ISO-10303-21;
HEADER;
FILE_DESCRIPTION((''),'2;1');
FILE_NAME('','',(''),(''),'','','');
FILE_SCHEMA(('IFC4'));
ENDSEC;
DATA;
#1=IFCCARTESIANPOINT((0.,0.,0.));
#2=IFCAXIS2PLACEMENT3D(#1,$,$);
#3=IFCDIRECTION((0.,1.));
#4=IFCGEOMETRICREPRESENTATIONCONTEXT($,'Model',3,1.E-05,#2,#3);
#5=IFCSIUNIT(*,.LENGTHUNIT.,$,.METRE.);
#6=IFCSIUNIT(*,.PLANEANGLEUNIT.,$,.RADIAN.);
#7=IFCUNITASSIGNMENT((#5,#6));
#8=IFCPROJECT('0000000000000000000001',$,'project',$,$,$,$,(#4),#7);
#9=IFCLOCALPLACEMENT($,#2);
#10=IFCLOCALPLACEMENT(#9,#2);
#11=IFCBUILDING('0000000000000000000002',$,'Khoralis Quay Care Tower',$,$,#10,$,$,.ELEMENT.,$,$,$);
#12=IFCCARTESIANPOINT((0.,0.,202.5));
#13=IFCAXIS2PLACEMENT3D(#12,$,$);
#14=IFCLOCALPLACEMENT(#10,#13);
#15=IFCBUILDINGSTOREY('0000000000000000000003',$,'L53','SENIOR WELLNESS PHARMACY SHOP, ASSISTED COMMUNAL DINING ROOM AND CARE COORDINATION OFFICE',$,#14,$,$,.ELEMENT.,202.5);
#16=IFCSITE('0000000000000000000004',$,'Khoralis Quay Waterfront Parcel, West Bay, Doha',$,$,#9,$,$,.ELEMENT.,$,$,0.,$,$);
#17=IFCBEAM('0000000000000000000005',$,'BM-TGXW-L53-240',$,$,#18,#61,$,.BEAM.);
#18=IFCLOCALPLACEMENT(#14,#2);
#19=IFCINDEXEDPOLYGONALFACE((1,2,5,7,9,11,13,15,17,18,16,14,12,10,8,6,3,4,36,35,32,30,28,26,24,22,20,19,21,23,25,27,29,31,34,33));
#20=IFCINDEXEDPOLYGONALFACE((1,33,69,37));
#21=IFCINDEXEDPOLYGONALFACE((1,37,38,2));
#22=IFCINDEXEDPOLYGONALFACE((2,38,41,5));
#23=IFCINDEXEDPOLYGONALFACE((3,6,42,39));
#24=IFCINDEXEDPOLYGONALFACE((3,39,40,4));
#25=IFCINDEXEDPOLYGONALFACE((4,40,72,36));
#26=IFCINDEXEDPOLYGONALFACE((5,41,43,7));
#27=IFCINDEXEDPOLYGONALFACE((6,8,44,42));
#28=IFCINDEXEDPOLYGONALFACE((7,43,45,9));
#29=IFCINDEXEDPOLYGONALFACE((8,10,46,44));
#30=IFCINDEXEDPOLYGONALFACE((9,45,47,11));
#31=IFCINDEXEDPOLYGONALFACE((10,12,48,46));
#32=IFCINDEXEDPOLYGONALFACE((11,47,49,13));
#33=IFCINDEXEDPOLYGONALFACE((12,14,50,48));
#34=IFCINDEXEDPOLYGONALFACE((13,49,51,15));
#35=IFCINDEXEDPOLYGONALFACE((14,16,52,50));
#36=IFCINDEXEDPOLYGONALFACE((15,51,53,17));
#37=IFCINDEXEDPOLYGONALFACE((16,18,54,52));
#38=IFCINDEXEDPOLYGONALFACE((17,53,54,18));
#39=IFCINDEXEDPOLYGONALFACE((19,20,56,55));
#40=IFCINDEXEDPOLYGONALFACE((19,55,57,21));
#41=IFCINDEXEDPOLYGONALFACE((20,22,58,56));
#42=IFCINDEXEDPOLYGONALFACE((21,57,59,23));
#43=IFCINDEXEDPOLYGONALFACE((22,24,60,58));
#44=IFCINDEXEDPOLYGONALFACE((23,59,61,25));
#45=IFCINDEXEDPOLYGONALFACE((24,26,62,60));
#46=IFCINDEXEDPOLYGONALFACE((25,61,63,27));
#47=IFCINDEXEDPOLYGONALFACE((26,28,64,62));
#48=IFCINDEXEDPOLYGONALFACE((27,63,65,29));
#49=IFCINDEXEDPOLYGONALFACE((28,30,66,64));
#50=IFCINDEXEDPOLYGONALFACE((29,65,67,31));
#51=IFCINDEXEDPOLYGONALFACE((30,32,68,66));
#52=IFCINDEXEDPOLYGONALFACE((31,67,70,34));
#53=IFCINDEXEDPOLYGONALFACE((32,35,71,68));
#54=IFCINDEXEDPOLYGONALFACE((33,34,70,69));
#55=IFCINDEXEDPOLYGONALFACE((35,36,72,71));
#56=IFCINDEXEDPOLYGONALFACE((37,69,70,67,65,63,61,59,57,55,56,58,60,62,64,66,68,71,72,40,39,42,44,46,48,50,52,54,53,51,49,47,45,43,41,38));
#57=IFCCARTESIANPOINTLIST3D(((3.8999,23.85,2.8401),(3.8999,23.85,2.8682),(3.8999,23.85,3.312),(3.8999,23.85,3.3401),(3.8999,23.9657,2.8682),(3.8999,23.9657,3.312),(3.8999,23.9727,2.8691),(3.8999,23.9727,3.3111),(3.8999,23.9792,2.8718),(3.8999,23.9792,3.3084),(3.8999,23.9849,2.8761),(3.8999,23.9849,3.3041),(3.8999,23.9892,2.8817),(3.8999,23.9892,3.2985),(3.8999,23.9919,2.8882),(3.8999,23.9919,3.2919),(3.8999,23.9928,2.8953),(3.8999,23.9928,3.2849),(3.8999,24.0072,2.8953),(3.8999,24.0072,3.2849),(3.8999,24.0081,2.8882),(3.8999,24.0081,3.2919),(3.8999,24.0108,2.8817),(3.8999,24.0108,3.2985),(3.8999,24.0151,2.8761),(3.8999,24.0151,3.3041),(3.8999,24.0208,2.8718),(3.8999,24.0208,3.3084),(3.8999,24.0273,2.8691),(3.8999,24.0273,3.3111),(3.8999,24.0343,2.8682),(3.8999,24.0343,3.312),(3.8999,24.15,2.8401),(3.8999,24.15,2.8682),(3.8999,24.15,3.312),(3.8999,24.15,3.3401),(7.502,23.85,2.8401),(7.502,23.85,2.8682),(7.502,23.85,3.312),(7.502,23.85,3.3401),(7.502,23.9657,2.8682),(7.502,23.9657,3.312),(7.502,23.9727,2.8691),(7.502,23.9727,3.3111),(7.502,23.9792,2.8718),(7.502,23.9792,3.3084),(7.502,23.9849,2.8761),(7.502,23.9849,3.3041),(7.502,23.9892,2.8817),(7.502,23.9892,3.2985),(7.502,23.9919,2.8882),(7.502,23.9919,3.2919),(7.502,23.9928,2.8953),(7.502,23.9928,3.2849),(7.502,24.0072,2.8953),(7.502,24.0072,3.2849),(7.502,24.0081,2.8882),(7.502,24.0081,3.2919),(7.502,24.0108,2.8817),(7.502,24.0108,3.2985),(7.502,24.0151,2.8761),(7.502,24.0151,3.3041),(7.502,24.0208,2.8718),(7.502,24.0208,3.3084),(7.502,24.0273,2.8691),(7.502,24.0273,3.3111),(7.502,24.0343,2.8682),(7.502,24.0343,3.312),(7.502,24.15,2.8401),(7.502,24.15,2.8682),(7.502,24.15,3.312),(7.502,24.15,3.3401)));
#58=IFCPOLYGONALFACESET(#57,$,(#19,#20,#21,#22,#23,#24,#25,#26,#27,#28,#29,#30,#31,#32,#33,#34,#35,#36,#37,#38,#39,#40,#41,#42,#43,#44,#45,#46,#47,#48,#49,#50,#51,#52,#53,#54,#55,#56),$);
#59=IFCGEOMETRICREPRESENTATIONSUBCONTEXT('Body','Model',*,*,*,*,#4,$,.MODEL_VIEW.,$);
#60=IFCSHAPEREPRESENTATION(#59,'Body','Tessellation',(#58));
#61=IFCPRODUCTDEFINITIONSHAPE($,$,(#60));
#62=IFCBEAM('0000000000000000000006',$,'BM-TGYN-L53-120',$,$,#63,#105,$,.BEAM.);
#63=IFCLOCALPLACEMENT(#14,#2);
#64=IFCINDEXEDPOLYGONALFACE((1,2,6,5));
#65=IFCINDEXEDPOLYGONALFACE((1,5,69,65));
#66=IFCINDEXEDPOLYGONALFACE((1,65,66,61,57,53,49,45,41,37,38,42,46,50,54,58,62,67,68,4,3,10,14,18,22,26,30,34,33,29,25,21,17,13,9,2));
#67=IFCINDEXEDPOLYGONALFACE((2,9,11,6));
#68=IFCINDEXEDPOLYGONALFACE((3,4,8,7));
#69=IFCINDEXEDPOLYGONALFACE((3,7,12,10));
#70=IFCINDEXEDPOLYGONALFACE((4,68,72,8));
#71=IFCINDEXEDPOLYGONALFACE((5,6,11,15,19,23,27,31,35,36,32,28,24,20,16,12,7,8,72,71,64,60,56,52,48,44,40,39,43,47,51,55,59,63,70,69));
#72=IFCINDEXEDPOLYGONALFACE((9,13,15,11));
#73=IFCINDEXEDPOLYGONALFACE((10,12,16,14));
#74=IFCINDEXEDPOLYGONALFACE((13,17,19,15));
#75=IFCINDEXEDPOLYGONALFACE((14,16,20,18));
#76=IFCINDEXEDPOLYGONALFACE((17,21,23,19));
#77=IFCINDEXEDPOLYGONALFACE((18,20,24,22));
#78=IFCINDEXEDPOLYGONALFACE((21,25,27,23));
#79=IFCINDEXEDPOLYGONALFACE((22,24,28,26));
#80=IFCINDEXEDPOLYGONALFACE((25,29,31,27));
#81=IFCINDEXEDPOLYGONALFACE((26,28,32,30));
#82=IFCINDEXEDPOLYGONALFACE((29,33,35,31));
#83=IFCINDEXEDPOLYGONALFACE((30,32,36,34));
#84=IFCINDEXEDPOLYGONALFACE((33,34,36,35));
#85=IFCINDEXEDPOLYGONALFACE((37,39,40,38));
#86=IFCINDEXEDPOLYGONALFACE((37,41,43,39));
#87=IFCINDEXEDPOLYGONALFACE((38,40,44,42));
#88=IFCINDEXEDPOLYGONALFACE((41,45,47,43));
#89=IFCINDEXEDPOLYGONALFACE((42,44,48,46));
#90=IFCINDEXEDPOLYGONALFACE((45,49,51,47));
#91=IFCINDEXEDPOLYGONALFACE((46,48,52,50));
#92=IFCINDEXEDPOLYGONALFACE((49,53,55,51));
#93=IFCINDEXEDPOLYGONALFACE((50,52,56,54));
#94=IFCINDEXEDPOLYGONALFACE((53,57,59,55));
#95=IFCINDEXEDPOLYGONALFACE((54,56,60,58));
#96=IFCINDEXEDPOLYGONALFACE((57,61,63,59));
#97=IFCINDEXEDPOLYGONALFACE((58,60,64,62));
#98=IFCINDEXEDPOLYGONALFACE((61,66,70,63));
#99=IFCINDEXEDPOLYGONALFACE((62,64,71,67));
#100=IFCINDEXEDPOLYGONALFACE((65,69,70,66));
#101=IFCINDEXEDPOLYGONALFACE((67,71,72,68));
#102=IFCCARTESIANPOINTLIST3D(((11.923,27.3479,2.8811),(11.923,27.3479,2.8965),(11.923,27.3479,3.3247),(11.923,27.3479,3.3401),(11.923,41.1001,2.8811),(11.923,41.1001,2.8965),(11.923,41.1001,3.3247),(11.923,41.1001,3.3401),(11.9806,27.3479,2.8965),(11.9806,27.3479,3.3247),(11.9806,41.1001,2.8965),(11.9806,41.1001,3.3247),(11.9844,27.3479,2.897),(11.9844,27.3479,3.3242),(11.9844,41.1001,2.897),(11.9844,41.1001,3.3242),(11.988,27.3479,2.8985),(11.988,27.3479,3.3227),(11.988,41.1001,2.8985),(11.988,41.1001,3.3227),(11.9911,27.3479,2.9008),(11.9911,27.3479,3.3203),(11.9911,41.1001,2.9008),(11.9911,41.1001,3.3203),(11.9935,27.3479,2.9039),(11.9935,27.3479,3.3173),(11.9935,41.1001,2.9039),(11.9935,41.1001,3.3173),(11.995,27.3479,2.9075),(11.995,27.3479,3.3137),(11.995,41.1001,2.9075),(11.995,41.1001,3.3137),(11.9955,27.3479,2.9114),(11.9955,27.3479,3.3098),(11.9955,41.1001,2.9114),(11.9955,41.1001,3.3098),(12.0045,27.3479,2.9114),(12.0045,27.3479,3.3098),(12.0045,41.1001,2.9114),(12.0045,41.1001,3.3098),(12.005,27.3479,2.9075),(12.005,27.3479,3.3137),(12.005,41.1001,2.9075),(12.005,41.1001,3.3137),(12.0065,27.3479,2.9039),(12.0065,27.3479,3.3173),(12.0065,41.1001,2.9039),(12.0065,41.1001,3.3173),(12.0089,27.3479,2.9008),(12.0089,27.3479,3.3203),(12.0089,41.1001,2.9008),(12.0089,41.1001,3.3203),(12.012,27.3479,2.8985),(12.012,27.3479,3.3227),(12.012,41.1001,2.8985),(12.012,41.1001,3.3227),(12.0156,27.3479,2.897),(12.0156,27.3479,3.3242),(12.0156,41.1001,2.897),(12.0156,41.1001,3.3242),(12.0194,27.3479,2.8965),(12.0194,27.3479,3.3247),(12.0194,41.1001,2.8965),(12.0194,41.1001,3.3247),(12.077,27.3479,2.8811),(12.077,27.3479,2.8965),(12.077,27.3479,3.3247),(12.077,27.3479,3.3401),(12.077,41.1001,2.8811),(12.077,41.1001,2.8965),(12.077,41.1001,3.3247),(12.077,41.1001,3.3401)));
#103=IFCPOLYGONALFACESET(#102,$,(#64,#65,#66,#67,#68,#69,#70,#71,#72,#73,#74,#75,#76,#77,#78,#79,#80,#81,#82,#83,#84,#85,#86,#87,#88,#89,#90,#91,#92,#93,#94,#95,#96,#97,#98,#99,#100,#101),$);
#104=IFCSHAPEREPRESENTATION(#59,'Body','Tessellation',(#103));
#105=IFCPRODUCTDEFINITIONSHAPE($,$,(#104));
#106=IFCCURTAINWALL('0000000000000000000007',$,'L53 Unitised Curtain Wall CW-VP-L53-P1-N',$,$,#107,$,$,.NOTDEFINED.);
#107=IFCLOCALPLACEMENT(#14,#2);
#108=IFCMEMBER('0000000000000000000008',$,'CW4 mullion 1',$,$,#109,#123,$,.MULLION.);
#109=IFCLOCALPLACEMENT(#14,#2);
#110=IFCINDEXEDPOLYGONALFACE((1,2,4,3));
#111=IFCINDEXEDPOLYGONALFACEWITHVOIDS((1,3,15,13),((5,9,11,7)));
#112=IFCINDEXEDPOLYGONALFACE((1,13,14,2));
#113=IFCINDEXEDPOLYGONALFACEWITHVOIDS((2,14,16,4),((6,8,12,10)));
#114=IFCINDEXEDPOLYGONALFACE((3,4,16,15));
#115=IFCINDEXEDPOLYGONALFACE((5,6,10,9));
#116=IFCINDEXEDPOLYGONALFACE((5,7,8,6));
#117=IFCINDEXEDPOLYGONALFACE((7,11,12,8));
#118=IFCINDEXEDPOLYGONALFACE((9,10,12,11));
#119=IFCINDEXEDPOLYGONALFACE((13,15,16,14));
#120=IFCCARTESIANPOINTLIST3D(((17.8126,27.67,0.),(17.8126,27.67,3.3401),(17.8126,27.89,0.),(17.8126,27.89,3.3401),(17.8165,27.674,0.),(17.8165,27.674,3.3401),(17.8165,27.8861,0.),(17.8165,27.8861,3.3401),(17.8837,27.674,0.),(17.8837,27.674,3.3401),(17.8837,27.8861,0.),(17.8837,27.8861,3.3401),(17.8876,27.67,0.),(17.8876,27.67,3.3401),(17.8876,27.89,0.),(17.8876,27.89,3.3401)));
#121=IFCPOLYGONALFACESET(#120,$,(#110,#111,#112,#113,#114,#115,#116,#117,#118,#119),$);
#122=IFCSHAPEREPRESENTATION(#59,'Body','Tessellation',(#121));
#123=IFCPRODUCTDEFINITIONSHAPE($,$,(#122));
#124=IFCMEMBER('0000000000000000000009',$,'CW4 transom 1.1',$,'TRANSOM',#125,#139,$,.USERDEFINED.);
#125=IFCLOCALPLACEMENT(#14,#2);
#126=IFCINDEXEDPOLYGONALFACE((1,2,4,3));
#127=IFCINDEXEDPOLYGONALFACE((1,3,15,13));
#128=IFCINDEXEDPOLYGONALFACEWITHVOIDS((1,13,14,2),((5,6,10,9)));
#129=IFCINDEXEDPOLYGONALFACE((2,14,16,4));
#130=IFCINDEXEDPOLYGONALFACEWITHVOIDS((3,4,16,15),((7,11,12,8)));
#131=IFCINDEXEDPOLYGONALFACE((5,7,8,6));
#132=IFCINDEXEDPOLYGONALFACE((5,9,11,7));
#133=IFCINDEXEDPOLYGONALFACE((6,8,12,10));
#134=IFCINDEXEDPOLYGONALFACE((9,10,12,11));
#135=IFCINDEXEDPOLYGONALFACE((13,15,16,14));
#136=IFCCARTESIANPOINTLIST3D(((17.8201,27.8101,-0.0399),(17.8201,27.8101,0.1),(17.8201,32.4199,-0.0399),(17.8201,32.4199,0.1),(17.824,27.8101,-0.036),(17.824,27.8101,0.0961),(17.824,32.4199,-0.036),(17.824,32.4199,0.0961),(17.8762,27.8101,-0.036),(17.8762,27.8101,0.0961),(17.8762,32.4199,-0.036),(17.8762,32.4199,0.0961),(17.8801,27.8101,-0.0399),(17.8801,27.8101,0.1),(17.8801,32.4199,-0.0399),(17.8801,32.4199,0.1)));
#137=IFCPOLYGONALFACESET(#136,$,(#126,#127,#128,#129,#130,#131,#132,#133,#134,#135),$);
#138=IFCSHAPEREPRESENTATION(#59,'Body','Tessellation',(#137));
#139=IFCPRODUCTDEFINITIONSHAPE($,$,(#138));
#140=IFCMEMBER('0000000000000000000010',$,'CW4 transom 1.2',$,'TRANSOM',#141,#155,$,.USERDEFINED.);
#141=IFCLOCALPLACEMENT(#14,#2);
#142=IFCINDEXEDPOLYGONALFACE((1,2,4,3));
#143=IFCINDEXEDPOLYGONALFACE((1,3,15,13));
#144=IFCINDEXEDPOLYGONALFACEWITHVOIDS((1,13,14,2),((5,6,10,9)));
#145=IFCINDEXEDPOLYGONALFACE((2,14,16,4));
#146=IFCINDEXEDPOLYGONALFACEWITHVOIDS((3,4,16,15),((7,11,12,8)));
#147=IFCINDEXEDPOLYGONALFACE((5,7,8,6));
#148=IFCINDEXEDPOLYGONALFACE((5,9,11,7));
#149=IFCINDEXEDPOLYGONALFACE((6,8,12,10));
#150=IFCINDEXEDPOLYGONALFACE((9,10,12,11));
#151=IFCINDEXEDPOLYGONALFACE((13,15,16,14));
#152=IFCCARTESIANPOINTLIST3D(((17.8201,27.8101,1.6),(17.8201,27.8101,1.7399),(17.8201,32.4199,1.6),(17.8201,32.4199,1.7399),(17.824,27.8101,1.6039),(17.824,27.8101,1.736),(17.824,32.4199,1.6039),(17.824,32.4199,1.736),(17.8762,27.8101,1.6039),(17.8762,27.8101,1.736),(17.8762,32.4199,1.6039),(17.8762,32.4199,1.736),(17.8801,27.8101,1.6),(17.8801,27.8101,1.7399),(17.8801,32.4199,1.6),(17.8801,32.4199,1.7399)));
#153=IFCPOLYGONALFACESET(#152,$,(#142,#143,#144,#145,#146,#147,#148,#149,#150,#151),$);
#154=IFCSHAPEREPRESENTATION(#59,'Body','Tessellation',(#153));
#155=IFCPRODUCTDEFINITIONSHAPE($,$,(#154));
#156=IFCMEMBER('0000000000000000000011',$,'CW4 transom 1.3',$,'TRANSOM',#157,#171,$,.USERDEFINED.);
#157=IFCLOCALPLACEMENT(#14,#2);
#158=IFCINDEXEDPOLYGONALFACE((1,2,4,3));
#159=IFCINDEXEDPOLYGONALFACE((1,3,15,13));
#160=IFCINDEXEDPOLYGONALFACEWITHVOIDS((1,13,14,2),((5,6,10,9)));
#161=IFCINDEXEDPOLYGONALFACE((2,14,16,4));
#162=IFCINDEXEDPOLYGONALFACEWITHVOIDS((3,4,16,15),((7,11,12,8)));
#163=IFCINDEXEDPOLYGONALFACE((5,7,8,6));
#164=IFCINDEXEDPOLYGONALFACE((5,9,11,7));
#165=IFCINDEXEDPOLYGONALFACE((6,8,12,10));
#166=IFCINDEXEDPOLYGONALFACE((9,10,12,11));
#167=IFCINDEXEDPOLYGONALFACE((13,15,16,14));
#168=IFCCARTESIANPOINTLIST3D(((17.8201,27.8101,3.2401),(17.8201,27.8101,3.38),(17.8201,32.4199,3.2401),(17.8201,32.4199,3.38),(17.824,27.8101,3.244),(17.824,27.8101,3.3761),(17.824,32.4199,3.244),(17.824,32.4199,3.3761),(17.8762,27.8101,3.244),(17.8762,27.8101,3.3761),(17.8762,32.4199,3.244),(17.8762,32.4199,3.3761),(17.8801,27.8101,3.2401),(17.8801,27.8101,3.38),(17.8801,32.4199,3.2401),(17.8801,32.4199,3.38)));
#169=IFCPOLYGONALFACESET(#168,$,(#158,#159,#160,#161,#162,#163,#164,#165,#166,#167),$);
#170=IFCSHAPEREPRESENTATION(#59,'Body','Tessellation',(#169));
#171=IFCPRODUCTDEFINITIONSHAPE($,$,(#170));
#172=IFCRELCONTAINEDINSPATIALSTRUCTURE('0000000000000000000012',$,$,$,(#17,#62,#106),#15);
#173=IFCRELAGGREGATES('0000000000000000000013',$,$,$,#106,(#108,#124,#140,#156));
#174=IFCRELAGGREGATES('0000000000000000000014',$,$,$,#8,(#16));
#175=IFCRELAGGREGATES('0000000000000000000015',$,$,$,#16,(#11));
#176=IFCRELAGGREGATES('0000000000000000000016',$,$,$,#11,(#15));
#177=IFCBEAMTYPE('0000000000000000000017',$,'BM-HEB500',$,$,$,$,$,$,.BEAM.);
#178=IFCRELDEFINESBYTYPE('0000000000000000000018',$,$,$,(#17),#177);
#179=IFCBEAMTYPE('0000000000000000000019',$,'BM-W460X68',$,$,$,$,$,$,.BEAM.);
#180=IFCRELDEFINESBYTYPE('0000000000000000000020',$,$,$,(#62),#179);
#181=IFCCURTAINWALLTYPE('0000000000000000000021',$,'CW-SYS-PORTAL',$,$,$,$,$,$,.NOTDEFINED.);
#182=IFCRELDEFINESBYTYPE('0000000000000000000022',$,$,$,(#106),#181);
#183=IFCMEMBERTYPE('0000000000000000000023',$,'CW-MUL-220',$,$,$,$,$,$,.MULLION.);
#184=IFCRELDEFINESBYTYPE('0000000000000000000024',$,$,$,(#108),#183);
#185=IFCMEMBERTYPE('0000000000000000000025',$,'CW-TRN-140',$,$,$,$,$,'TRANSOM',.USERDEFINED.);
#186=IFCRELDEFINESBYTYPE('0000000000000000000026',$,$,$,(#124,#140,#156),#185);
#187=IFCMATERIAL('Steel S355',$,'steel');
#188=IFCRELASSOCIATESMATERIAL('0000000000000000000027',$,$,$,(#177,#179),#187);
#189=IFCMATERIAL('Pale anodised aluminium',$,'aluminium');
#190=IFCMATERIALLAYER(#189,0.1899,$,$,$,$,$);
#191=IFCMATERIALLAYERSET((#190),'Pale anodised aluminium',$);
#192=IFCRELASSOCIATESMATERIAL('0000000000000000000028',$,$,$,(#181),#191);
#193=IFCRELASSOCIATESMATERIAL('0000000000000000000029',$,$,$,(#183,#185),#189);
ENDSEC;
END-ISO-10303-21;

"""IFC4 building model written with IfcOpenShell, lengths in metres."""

from ifc_helpers import new_model, si_unit, direction, frame, origin, origin_2d, place, context, subcontext, project, spatial, hollow_rectangle, i_section, extrude, source, transform, mapped, material, layer, layer_set, material_profile, profile_set, type_object, element, aggregate, save


model = new_model("IFC4")

# Units and contexts
model_context = context("Model", 3, precision=1e-05, world=origin(), true_north=direction((0.0, 1.0)))
body_context = subcontext(model_context, "Body", "Model", "MODEL_VIEW")
ifc_project = project(units=[si_unit("LENGTHUNIT", "METRE"), si_unit("PLANEANGLEUNIT", "RADIAN")], contexts=[model_context])

# Site, building, storey
site_placement = place(None, origin())
site = spatial("IfcSite", under=ifc_project, at=site_placement, Name="Khoralis Quay Waterfront Parcel, West Bay, Doha", CompositionType="ELEMENT", RefElevation=0.0)
building_placement = place(site_placement, origin())
building = spatial("IfcBuilding", under=site, at=building_placement, Name="Khoralis Quay Care Tower", CompositionType="ELEMENT")
storey_placement = place(building_placement, frame((0.0, 0.0, 202.5)))
storey = spatial("IfcBuildingStorey", under=building, at=storey_placement, Name="L53", Description="SENIOR WELLNESS PHARMACY SHOP, ASSISTED COMMUNAL DINING ROOM AND CARE COORDINATION OFFICE", CompositionType="ELEMENT", Elevation=202.5)

# Beams
ifc_material_1 = material(Name="Steel S355", Category="steel")
ifc_material_profile_1 = material_profile(ifc_material_1, i_section(OverallWidth=0.3, OverallDepth=0.5, WebThickness=0.0144, FlangeThickness=0.0281, FilletRadius=0.0271, at=origin_2d()), Name="Steel S355")
ifc_profile_set_1 = profile_set([ifc_material_profile_1], Name="Steel S355")
beam_type_1 = type_object("IfcBeamType", Name="BM-HEB500", PredefinedType="BEAM", material=ifc_profile_set_1)
shared_shape_1 = source(origin(), body_context, "Body", "SweptSolid", [
    extrude(i_section(OverallWidth=0.3, OverallDepth=0.5, WebThickness=0.0144, FlangeThickness=0.0281, FilletRadius=0.0271, at=origin_2d()), origin(), (0.0, 0.0, 1.0), 3.6021),
])
beam_1_placement = place(storey_placement, frame((3.8999, 24.0, 3.0901), z_axis=(1.0, 0.0, 0.0), x_axis=(0.0, 1.0, 0.0)))
element("IfcBeam", 1, at=beam_1_placement, inside=storey, type_object=beam_type_1, Name="BM-TGXW-L53-240", PredefinedType="BEAM", context=body_context, shape_type="MappedRepresentation", body=[
    mapped(shared_shape_1, transform((0.0, 0.0, 0.0), scale=1.0)),
])
ifc_material_profile_2 = material_profile(ifc_material_1, i_section(OverallWidth=0.1541, OverallDepth=0.459, WebThickness=0.009, FlangeThickness=0.0154, FilletRadius=0.0149, at=origin_2d()), Name="Steel S355")
ifc_profile_set_2 = profile_set([ifc_material_profile_2], Name="Steel S355")
beam_type_2 = type_object("IfcBeamType", Name="BM-W460X68", PredefinedType="BEAM", material=ifc_profile_set_2)
shared_shape_2 = source(origin(), body_context, "Body", "SweptSolid", [
    extrude(i_section(OverallWidth=0.1541, OverallDepth=0.459, WebThickness=0.009, FlangeThickness=0.0154, FilletRadius=0.0149, at=origin_2d()), origin(), (0.0, 0.0, 1.0), 13.7522),
])
beam_2_placement = place(storey_placement, frame((12.0, 27.3479, 3.1106), z_axis=(0.0, 1.0, 0.0), x_axis=(-1.0, 0.0, 0.0)))
element("IfcBeam", 2, at=beam_2_placement, inside=storey, type_object=beam_type_2, Name="BM-TGYN-L53-120", PredefinedType="BEAM", context=body_context, shape_type="MappedRepresentation", body=[
    mapped(shared_shape_2, transform((0.0, 0.0, 0.0), scale=1.0)),
])

# Curtain wall, members
ifc_material_2 = material(Name="Pale anodised aluminium", Category="aluminium")
ifc_layer_1 = layer(ifc_material_2, 0.1899)
ifc_layer_set_1 = layer_set([ifc_layer_1], Name="Pale anodised aluminium")
curtain_wall_type = type_object("IfcCurtainWallType", Name="CW-SYS-PORTAL", PredefinedType="NOTDEFINED", material=ifc_layer_set_1)
curtain_wall_placement = place(storey_placement, origin())
curtain_wall = element("IfcCurtainWall", 3, at=curtain_wall_placement, inside=storey, type_object=curtain_wall_type, Name="L53 Unitised Curtain Wall CW-VP-L53-P1-N", PredefinedType="NOTDEFINED")
ifc_material_profile_3 = material_profile(ifc_material_2, hollow_rectangle(XDim=0.075, YDim=0.22, WallThickness=0.0039, at=origin_2d()), Name="Pale anodised aluminium")
ifc_profile_set_3 = profile_set([ifc_material_profile_3], Name="Pale anodised aluminium")
member_type_1 = type_object("IfcMemberType", Name="CW-MUL-220", PredefinedType="MULLION", material=ifc_profile_set_3)
shared_shape_3 = source(origin(), body_context, "Body", "SweptSolid", [
    extrude(hollow_rectangle(XDim=0.075, YDim=0.22, WallThickness=0.0039, at=origin_2d()), origin(), (0.0, 0.0, 1.0), 3.3401),
])
member_1_placement = place(storey_placement, frame((17.8501, 27.78, 0.0), z_axis=(0.0, 0.0, 1.0), x_axis=(-1.0, 0.0, 0.0)))
member_1 = element("IfcMember", 4, at=member_1_placement, type_object=member_type_1, Name="CW4 mullion 1", PredefinedType="MULLION", context=body_context, shape_type="MappedRepresentation", body=[
    mapped(shared_shape_3, transform((0.0, 0.0, 0.0), scale=1.0)),
])
ifc_material_profile_4 = material_profile(ifc_material_2, hollow_rectangle(XDim=0.0601, YDim=0.1399, WallThickness=0.0039, at=origin_2d()), Name="Pale anodised aluminium")
ifc_profile_set_4 = profile_set([ifc_material_profile_4], Name="Pale anodised aluminium")
member_type_2 = type_object("IfcMemberType", Name="CW-TRN-140", ElementType="TRANSOM", PredefinedType="USERDEFINED", material=ifc_profile_set_4)
shared_shape_4 = source(origin(), body_context, "Body", "SweptSolid", [
    extrude(hollow_rectangle(XDim=0.0601, YDim=0.1399, WallThickness=0.0039, at=origin_2d()), origin(), (0.0, 0.0, 1.0), 4.6099),
])
member_2_placement = place(storey_placement, frame((17.8501, 27.8101, 0.03), z_axis=(0.0, 1.0, 0.0), x_axis=(-1.0, 0.0, 0.0)))
member_2 = element("IfcMember", 5, at=member_2_placement, type_object=member_type_2, Name="CW4 transom 1.1", ObjectType="TRANSOM", PredefinedType="USERDEFINED", context=body_context, shape_type="MappedRepresentation", body=[
    mapped(shared_shape_4, transform((0.0, 0.0, 0.0), scale=1.0)),
])
member_3_placement = place(storey_placement, frame((17.8501, 27.8101, 1.6699), z_axis=(0.0, 1.0, 0.0), x_axis=(-1.0, 0.0, 0.0)))
member_3 = element("IfcMember", 6, at=member_3_placement, type_object=member_type_2, Name="CW4 transom 1.2", ObjectType="TRANSOM", PredefinedType="USERDEFINED", context=body_context, shape_type="MappedRepresentation", body=[
    mapped(shared_shape_4, transform((0.0, 0.0, 0.0), scale=1.0)),
])
member_4_placement = place(storey_placement, frame((17.8501, 27.8101, 3.3101), z_axis=(0.0, 1.0, 0.0), x_axis=(-1.0, 0.0, 0.0)))
member_4 = element("IfcMember", 7, at=member_4_placement, type_object=member_type_2, Name="CW4 transom 1.3", ObjectType="TRANSOM", PredefinedType="USERDEFINED", context=body_context, shape_type="MappedRepresentation", body=[
    mapped(shared_shape_4, transform((0.0, 0.0, 0.0), scale=1.0)),
])
aggregate(curtain_wall, [member_1, member_2, member_3, member_4])

save(model, "model.ifc")
